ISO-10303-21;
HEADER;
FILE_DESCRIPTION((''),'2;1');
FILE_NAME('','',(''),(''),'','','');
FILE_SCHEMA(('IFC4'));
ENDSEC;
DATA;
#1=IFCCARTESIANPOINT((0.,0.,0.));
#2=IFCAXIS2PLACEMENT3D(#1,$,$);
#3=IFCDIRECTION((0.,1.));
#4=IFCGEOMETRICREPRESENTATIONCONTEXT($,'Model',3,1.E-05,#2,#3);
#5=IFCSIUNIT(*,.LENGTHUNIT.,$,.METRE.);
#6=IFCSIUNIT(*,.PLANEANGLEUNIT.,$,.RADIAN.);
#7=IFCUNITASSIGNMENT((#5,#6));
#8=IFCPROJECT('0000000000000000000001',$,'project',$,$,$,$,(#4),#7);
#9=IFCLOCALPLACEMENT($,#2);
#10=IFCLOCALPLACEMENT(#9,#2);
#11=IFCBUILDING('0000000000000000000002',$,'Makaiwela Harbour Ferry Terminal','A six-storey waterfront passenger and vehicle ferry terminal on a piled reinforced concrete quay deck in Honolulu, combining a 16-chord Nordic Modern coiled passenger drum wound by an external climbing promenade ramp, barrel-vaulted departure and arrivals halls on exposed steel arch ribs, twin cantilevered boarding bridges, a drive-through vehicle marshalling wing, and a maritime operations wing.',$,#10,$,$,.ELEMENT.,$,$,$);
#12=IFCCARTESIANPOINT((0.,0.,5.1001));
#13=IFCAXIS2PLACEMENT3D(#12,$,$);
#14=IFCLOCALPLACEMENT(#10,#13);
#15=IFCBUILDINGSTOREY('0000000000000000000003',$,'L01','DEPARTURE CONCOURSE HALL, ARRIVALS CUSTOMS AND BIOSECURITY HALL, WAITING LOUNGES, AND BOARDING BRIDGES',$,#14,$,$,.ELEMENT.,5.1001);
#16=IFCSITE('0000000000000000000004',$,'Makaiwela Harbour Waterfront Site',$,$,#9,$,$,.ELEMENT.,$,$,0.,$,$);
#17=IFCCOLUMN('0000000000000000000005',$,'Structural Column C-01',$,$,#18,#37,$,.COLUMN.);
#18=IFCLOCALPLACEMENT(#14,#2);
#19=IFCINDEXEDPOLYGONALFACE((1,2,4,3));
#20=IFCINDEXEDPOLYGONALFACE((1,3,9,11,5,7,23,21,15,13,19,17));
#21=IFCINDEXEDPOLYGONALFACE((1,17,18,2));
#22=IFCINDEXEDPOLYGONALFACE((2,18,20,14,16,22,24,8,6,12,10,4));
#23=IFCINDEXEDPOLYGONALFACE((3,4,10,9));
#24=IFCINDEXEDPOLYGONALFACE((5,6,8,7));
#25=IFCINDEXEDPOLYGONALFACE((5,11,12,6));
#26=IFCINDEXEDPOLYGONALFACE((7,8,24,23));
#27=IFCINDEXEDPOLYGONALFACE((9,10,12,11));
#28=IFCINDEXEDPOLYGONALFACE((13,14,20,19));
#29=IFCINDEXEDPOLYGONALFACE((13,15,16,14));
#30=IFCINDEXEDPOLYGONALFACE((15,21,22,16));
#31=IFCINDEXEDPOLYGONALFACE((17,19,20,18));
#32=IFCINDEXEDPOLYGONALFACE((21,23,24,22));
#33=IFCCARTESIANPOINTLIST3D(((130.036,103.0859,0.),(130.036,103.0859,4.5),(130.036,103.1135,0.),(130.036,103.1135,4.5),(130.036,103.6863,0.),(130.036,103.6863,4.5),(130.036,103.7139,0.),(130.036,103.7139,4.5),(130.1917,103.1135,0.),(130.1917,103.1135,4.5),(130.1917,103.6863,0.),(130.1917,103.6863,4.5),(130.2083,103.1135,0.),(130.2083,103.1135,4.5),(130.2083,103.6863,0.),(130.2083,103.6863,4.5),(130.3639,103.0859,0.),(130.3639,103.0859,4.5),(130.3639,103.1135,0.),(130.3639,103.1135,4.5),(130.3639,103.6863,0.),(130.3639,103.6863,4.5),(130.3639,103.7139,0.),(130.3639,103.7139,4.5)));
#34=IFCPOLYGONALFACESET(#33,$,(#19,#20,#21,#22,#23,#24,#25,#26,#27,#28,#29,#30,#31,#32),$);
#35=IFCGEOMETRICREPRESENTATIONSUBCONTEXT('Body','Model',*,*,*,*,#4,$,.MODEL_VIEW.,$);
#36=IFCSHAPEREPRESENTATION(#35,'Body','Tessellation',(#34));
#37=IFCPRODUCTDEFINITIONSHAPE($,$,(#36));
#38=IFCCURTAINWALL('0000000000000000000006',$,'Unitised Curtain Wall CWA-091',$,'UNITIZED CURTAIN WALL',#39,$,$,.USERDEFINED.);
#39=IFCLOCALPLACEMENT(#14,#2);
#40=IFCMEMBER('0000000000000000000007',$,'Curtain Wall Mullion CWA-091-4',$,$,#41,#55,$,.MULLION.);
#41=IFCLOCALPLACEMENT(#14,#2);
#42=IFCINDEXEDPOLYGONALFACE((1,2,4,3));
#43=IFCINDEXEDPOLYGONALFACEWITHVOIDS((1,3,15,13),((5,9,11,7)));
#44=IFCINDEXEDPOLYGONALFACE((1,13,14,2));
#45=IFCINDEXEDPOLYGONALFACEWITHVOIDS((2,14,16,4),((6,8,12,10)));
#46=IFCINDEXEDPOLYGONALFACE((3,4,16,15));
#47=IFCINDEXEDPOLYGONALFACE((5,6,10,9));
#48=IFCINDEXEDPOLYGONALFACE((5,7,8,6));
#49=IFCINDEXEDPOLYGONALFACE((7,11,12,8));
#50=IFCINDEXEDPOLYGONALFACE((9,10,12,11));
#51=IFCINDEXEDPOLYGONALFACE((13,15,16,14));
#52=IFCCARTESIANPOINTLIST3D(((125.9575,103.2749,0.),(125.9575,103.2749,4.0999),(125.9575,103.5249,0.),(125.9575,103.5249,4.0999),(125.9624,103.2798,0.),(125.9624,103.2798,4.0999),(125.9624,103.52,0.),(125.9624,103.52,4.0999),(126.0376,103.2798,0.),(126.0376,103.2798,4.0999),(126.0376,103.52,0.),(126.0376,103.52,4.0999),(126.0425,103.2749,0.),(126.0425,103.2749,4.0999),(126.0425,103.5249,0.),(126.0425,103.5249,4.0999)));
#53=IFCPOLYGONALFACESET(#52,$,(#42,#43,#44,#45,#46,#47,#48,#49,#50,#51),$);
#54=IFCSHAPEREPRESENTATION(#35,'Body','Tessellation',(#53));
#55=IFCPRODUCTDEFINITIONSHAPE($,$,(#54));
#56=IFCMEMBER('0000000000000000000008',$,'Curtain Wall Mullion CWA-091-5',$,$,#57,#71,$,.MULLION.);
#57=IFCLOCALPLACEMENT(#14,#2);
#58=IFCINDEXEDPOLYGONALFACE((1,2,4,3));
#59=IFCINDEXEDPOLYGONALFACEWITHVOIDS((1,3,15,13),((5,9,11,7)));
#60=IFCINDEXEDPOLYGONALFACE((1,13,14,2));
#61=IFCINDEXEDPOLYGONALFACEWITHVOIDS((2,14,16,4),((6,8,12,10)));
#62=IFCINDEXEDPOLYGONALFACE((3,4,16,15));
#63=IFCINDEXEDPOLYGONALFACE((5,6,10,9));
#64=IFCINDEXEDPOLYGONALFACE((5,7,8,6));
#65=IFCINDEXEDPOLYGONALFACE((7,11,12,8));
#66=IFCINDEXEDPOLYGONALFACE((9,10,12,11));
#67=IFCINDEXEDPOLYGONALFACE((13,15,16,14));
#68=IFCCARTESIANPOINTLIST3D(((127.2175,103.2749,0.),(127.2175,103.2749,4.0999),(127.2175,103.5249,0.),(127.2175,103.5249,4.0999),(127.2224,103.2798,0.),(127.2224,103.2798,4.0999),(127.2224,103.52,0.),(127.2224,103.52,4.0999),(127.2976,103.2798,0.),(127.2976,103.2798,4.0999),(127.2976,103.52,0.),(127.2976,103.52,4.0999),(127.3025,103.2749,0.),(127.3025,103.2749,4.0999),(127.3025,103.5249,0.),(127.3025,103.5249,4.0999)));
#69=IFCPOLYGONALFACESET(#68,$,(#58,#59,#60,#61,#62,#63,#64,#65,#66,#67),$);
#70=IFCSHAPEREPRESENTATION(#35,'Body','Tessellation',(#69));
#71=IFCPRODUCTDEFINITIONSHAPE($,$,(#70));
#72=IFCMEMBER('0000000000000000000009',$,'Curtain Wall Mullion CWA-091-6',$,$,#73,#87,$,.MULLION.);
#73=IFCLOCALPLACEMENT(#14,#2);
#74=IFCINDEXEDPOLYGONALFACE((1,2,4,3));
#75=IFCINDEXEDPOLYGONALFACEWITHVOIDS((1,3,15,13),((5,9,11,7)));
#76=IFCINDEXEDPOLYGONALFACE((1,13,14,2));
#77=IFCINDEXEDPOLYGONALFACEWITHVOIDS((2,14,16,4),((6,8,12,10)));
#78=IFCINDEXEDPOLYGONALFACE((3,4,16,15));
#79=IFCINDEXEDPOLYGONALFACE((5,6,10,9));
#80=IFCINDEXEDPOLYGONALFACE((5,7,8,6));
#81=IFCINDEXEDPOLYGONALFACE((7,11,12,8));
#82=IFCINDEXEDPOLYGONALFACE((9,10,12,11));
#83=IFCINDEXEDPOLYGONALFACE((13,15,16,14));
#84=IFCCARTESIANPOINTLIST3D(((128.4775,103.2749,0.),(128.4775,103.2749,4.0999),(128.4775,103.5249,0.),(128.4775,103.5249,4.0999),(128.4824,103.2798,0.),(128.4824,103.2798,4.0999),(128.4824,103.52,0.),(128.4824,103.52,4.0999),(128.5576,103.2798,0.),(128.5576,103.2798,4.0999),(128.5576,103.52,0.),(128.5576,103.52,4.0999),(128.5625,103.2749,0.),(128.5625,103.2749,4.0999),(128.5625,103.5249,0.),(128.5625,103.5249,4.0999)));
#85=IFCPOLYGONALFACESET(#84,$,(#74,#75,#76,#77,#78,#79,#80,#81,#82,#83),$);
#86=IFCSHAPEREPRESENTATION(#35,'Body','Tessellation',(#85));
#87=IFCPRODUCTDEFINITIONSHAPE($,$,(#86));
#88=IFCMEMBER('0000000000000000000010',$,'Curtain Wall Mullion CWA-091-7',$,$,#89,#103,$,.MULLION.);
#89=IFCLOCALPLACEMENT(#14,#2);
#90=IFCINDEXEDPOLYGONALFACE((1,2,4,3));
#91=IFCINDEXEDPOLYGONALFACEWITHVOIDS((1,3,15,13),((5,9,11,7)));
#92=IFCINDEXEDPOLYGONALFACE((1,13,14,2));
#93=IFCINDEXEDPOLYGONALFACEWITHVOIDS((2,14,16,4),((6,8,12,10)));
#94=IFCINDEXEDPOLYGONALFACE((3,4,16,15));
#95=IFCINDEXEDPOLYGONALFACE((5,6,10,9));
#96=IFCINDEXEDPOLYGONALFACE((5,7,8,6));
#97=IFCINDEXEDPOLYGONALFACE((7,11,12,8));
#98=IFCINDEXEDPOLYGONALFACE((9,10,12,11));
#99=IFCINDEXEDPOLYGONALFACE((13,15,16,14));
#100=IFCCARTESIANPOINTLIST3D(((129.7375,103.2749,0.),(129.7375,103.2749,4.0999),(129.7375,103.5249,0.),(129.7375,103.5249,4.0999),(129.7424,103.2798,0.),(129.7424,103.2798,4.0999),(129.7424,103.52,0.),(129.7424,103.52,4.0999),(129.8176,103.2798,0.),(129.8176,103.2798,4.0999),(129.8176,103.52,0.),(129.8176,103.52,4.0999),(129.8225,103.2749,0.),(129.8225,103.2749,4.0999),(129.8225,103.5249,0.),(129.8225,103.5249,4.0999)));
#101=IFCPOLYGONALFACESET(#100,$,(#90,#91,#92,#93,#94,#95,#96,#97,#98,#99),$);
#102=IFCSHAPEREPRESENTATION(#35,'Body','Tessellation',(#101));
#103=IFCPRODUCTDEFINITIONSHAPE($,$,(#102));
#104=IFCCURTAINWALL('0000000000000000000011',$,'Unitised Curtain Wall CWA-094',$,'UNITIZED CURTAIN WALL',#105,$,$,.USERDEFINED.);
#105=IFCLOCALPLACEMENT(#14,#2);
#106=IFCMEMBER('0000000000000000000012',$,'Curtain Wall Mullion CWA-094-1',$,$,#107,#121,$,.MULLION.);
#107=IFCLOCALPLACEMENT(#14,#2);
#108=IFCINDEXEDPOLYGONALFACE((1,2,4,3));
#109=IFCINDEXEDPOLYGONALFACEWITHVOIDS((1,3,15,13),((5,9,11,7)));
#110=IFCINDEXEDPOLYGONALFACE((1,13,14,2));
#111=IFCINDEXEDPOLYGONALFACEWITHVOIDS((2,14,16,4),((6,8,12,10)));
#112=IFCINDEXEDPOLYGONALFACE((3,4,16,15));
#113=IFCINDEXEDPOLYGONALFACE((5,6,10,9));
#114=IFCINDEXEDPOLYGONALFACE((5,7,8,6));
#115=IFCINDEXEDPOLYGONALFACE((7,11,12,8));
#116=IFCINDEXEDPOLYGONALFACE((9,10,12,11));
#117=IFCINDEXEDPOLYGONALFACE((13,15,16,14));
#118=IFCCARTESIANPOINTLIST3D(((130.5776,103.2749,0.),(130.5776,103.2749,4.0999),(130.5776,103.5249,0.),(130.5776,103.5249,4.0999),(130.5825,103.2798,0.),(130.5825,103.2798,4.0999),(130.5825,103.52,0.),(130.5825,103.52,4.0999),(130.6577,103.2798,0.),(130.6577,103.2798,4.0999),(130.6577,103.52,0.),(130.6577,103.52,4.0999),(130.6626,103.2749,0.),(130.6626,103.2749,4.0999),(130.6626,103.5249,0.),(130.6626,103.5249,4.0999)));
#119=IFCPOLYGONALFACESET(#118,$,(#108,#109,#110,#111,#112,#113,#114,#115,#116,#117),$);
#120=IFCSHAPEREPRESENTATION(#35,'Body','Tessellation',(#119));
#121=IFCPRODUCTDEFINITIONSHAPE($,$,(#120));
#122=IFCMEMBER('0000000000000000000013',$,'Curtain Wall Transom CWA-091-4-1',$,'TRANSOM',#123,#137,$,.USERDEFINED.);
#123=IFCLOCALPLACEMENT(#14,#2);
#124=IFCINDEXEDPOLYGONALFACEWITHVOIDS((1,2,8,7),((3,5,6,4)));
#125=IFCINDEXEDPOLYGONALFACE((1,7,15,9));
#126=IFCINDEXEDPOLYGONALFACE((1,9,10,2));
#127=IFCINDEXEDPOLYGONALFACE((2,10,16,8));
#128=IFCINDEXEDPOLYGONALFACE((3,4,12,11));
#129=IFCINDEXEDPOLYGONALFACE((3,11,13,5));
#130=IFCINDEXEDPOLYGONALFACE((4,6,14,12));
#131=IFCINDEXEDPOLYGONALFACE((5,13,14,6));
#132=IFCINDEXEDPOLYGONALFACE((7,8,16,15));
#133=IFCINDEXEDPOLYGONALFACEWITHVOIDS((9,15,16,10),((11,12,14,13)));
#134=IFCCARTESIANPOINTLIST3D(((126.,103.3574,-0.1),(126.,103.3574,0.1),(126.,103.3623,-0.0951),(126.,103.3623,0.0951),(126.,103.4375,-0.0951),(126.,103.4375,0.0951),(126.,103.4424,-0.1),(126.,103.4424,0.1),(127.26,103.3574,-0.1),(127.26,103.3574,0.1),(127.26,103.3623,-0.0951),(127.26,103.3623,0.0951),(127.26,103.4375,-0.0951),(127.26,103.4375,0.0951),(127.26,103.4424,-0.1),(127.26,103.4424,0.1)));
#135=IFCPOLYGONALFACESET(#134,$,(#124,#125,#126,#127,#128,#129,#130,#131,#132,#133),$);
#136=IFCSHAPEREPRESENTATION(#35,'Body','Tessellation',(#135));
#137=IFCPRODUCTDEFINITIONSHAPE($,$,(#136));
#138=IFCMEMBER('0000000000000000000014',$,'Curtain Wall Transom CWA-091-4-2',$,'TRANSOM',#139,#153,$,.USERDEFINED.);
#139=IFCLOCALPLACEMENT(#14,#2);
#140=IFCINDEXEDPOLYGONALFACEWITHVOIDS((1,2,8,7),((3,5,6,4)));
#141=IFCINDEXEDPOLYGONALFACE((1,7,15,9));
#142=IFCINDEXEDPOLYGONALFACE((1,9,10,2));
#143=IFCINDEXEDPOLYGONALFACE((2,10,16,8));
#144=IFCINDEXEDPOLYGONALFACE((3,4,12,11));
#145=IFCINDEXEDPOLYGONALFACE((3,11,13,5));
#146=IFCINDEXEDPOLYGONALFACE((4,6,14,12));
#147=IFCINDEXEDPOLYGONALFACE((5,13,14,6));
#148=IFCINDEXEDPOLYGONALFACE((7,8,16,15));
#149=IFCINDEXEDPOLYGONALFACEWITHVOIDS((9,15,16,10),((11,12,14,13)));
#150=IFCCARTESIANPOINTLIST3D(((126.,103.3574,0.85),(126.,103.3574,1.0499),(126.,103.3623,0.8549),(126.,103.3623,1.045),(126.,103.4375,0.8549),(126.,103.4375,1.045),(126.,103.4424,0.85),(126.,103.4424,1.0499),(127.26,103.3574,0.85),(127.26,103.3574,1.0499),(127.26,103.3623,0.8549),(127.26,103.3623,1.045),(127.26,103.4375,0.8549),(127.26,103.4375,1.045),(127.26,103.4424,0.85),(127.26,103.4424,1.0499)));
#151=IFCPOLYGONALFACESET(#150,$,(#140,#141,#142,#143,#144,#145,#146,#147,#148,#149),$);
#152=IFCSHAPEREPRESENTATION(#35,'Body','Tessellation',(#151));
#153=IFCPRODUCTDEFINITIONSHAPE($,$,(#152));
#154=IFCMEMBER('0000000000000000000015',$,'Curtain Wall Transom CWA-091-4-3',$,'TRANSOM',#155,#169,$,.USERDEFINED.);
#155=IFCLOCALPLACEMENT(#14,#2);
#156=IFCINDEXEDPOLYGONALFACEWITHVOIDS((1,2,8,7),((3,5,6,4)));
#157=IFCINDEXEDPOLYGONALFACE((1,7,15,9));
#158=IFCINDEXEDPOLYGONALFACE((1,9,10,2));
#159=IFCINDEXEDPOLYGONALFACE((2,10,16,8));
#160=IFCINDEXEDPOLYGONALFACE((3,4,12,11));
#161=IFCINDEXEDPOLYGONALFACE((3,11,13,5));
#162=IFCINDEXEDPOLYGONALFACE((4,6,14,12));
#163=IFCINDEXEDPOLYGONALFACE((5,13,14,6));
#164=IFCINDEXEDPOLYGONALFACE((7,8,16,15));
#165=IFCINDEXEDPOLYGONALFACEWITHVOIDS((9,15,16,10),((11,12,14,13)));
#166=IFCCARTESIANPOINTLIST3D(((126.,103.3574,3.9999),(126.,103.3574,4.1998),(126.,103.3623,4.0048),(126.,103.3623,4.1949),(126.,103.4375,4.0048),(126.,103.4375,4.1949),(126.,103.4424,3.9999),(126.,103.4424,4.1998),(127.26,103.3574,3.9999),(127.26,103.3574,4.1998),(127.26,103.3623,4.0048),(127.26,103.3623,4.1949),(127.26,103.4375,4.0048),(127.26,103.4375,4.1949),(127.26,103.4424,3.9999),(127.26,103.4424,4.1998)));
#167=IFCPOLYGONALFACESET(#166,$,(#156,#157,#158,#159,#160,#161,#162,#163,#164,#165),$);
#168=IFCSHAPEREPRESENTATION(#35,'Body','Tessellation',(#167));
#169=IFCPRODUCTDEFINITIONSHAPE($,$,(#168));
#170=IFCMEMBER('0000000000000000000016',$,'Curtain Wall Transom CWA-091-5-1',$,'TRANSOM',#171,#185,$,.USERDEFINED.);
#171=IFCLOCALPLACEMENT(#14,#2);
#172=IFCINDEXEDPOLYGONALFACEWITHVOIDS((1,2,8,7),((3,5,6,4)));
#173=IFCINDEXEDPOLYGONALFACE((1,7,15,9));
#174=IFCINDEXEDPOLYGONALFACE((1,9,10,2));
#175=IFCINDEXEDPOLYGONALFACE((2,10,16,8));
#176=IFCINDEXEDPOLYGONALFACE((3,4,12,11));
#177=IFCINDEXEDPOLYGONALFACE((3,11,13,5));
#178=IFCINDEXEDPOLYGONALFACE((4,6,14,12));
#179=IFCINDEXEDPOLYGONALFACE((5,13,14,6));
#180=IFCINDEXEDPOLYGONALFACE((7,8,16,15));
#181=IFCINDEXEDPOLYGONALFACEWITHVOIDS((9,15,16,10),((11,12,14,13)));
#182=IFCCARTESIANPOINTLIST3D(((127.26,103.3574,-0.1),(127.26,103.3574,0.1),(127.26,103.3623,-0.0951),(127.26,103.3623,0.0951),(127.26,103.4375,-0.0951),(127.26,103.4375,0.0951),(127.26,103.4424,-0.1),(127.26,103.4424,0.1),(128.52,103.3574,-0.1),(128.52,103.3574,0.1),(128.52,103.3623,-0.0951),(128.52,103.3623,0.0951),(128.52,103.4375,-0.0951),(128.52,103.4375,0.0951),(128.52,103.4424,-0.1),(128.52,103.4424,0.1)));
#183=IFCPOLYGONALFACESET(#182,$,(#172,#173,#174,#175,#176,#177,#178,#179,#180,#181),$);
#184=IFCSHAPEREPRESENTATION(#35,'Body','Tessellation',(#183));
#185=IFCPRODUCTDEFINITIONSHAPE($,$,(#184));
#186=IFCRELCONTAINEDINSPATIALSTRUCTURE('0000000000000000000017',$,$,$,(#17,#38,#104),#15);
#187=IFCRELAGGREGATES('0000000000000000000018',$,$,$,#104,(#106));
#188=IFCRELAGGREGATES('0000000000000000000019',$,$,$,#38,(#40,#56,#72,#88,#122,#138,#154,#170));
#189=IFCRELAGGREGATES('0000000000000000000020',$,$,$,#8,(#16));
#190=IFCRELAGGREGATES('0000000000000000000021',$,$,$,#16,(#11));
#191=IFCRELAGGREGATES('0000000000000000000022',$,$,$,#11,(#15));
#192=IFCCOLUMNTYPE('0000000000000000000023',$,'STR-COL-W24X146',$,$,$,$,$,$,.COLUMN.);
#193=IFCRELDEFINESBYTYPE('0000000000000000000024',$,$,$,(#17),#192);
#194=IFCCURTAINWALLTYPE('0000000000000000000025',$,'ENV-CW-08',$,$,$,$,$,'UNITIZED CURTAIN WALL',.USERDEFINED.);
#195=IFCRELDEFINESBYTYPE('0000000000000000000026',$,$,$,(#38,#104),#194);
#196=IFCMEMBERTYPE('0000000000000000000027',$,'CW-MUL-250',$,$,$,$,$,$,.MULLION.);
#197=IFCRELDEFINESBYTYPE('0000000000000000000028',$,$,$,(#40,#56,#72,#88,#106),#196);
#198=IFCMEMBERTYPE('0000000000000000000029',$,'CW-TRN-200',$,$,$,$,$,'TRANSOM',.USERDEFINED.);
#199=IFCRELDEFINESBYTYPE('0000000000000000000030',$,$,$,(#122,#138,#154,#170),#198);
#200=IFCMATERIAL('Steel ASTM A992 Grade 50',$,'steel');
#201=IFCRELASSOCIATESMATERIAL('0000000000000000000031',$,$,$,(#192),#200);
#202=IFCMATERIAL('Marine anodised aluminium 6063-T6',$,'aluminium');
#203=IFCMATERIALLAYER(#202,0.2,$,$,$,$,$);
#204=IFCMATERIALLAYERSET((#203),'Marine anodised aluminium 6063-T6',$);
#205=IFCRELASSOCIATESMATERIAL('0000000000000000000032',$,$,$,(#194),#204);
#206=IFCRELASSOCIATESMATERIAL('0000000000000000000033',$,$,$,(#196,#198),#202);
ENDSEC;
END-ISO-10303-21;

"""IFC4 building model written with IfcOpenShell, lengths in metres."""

from ifc_helpers import new_model, si_unit, direction, frame, origin, origin_2d, place, context, subcontext, project, spatial, hollow_rectangle, i_section, extrude, material, layer, layer_set, material_profile, profile_set, type_object, element, aggregate, save


model = new_model("IFC4")

# Units and contexts
model_context = context("Model", 3, precision=1e-05, world=origin(), true_north=direction((0.0, 1.0)))
body_context = subcontext(model_context, "Body", "Model", "MODEL_VIEW")
ifc_project = project(units=[si_unit("LENGTHUNIT", "METRE"), si_unit("PLANEANGLEUNIT", "RADIAN")], contexts=[model_context])

# Site, building, storey
site_placement = place(None, origin())
site = spatial("IfcSite", under=ifc_project, at=site_placement, Name="Makaiwela Harbour Waterfront Site", CompositionType="ELEMENT", RefElevation=0.0)
building_placement = place(site_placement, origin())
building = spatial("IfcBuilding", under=site, at=building_placement, Name="Makaiwela Harbour Ferry Terminal", Description="A six-storey waterfront passenger and vehicle ferry terminal on a piled reinforced concrete quay deck in Honolulu, combining a 16-chord Nordic Modern coiled passenger drum wound by an external climbing promenade ramp, barrel-vaulted departure and arrivals halls on exposed steel arch ribs, twin cantilevered boarding bridges, a drive-through vehicle marshalling wing, and a maritime operations wing.", CompositionType="ELEMENT")
storey_placement = place(building_placement, frame((0.0, 0.0, 5.1001)))
storey = spatial("IfcBuildingStorey", under=building, at=storey_placement, Name="L01", Description="DEPARTURE CONCOURSE HALL, ARRIVALS CUSTOMS AND BIOSECURITY HALL, WAITING LOUNGES, AND BOARDING BRIDGES", CompositionType="ELEMENT", Elevation=5.1001)

# Column
ifc_material_1 = material(Name="Steel ASTM A992 Grade 50", Category="steel")
ifc_material_profile_1 = material_profile(ifc_material_1, i_section(OverallWidth=0.3279, OverallDepth=0.6279, WebThickness=0.0166, FlangeThickness=0.0276, at=origin_2d()), Name="W24X146")
ifc_profile_set_1 = profile_set([ifc_material_profile_1], Name="Steel ASTM A992 Grade 50")
column_type = type_object("IfcColumnType", Name="STR-COL-W24X146", PredefinedType="COLUMN", material=ifc_profile_set_1)
column_placement = place(storey_placement, frame((130.2, 103.3999, 0.0), z_axis=(0.0, 0.0, 1.0), x_axis=(1.0, 0.0, 0.0)))
element("IfcColumn", 1, at=column_placement, inside=storey, type_object=column_type, Name="Structural Column C-01", PredefinedType="COLUMN", context=body_context, shape_type="SweptSolid", body=[
    extrude(i_section(OverallWidth=0.3279, OverallDepth=0.6279, WebThickness=0.0166, FlangeThickness=0.0276, at=origin_2d()), origin(), (0.0, 0.0, 1.0), 4.5),
])

# Curtain wall, members
ifc_material_2 = material(Name="Marine anodised aluminium 6063-T6", Category="aluminium")
ifc_layer_1 = layer(ifc_material_2, 0.2)
ifc_layer_set_1 = layer_set([ifc_layer_1], Name="Marine anodised aluminium 6063-T6")
curtain_wall_type = type_object("IfcCurtainWallType", Name="ENV-CW-08", ElementType="UNITIZED CURTAIN WALL", PredefinedType="USERDEFINED", material=ifc_layer_set_1)
curtain_wall_1_placement = place(storey_placement, origin())
curtain_wall_1 = element("IfcCurtainWall", 2, at=curtain_wall_1_placement, inside=storey, type_object=curtain_wall_type, Name="Unitised Curtain Wall CWA-091", ObjectType="UNITIZED CURTAIN WALL", PredefinedType="USERDEFINED")
ifc_material_profile_2 = material_profile(ifc_material_2, hollow_rectangle(XDim=0.085, YDim=0.25, WallThickness=0.0049, at=origin_2d()), Name="CWM-250X85")
ifc_profile_set_2 = profile_set([ifc_material_profile_2], Name="Marine anodised aluminium 6063-T6")
member_type_1 = type_object("IfcMemberType", Name="CW-MUL-250", PredefinedType="MULLION", material=ifc_profile_set_2)
member_1_placement = place(storey_placement, frame((126.0, 103.3999, 0.0), z_axis=(0.0, 0.0, 1.0), x_axis=(1.0, 0.0, 0.0)))
member_1 = element("IfcMember", 3, at=member_1_placement, type_object=member_type_1, Name="Curtain Wall Mullion CWA-091-4", PredefinedType="MULLION", context=body_context, shape_type="SweptSolid", body=[
    extrude(hollow_rectangle(XDim=0.085, YDim=0.25, WallThickness=0.0049, at=origin_2d()), origin(), (0.0, 0.0, 1.0), 4.0999),
])
member_2_placement = place(storey_placement, frame((127.26, 103.3999, 0.0), z_axis=(0.0, 0.0, 1.0), x_axis=(1.0, 0.0, 0.0)))
member_2 = element("IfcMember", 4, at=member_2_placement, type_object=member_type_1, Name="Curtain Wall Mullion CWA-091-5", PredefinedType="MULLION", context=body_context, shape_type="SweptSolid", body=[
    extrude(hollow_rectangle(XDim=0.085, YDim=0.25, WallThickness=0.0049, at=origin_2d()), origin(), (0.0, 0.0, 1.0), 4.0999),
])
member_3_placement = place(storey_placement, frame((128.52, 103.3999, 0.0), z_axis=(0.0, 0.0, 1.0), x_axis=(1.0, 0.0, 0.0)))
member_3 = element("IfcMember", 5, at=member_3_placement, type_object=member_type_1, Name="Curtain Wall Mullion CWA-091-6", PredefinedType="MULLION", context=body_context, shape_type="SweptSolid", body=[
    extrude(hollow_rectangle(XDim=0.085, YDim=0.25, WallThickness=0.0049, at=origin_2d()), origin(), (0.0, 0.0, 1.0), 4.0999),
])
member_4_placement = place(storey_placement, frame((129.78, 103.3999, 0.0), z_axis=(0.0, 0.0, 1.0), x_axis=(1.0, 0.0, 0.0)))
member_4 = element("IfcMember", 6, at=member_4_placement, type_object=member_type_1, Name="Curtain Wall Mullion CWA-091-7", PredefinedType="MULLION", context=body_context, shape_type="SweptSolid", body=[
    extrude(hollow_rectangle(XDim=0.085, YDim=0.25, WallThickness=0.0049, at=origin_2d()), origin(), (0.0, 0.0, 1.0), 4.0999),
])

# Curtain wall, member
curtain_wall_2_placement = place(storey_placement, origin())
curtain_wall_2 = element("IfcCurtainWall", 7, at=curtain_wall_2_placement, inside=storey, type_object=curtain_wall_type, Name="Unitised Curtain Wall CWA-094", ObjectType="UNITIZED CURTAIN WALL", PredefinedType="USERDEFINED")
member_5_placement = place(storey_placement, frame((130.6201, 103.3999, 0.0), z_axis=(0.0, 0.0, 1.0), x_axis=(1.0, 0.0, 0.0)))
member_5 = element("IfcMember", 8, at=member_5_placement, type_object=member_type_1, Name="Curtain Wall Mullion CWA-094-1", PredefinedType="MULLION", context=body_context, shape_type="SweptSolid", body=[
    extrude(hollow_rectangle(XDim=0.085, YDim=0.25, WallThickness=0.0049, at=origin_2d()), origin(), (0.0, 0.0, 1.0), 4.0999),
])
aggregate(curtain_wall_2, [member_5])

# Members
ifc_material_profile_3 = material_profile(ifc_material_2, hollow_rectangle(XDim=0.085, YDim=0.2, WallThickness=0.0049, at=origin_2d()), Name="CWT-200X85")
ifc_profile_set_3 = profile_set([ifc_material_profile_3], Name="Marine anodised aluminium 6063-T6")
member_type_2 = type_object("IfcMemberType", Name="CW-TRN-200", ElementType="TRANSOM", PredefinedType="USERDEFINED", material=ifc_profile_set_3)
member_6_placement = place(storey_placement, frame((126.0, 103.3999, 0.0), z_axis=(1.0, 0.0, 0.0), x_axis=(0.0, 1.0, 0.0)))
member_6 = element("IfcMember", 9, at=member_6_placement, type_object=member_type_2, Name="Curtain Wall Transom CWA-091-4-1", ObjectType="TRANSOM", PredefinedType="USERDEFINED", context=body_context, shape_type="SweptSolid", body=[
    extrude(hollow_rectangle(XDim=0.085, YDim=0.2, WallThickness=0.0049, at=origin_2d()), origin(), (0.0, 0.0, 1.0), 1.26),
])
member_7_placement = place(storey_placement, frame((126.0, 103.3999, 0.95), z_axis=(1.0, 0.0, 0.0), x_axis=(0.0, 1.0, 0.0)))
member_7 = element("IfcMember", 10, at=member_7_placement, type_object=member_type_2, Name="Curtain Wall Transom CWA-091-4-2", ObjectType="TRANSOM", PredefinedType="USERDEFINED", context=body_context, shape_type="SweptSolid", body=[
    extrude(hollow_rectangle(XDim=0.085, YDim=0.2, WallThickness=0.0049, at=origin_2d()), origin(), (0.0, 0.0, 1.0), 1.26),
])
member_8_placement = place(storey_placement, frame((126.0, 103.3999, 4.0999), z_axis=(1.0, 0.0, 0.0), x_axis=(0.0, 1.0, 0.0)))
member_8 = element("IfcMember", 11, at=member_8_placement, type_object=member_type_2, Name="Curtain Wall Transom CWA-091-4-3", ObjectType="TRANSOM", PredefinedType="USERDEFINED", context=body_context, shape_type="SweptSolid", body=[
    extrude(hollow_rectangle(XDim=0.085, YDim=0.2, WallThickness=0.0049, at=origin_2d()), origin(), (0.0, 0.0, 1.0), 1.26),
])
member_9_placement = place(storey_placement, frame((127.26, 103.3999, 0.0), z_axis=(1.0, 0.0, 0.0), x_axis=(0.0, 1.0, 0.0)))
member_9 = element("IfcMember", 12, at=member_9_placement, type_object=member_type_2, Name="Curtain Wall Transom CWA-091-5-1", ObjectType="TRANSOM", PredefinedType="USERDEFINED", context=body_context, shape_type="SweptSolid", body=[
    extrude(hollow_rectangle(XDim=0.085, YDim=0.2, WallThickness=0.0049, at=origin_2d()), origin(), (0.0, 0.0, 1.0), 1.26),
])

aggregate(curtain_wall_1, [member_1, member_2, member_3, member_4, member_6, member_7, member_8, member_9])

save(model, "model.ifc")
